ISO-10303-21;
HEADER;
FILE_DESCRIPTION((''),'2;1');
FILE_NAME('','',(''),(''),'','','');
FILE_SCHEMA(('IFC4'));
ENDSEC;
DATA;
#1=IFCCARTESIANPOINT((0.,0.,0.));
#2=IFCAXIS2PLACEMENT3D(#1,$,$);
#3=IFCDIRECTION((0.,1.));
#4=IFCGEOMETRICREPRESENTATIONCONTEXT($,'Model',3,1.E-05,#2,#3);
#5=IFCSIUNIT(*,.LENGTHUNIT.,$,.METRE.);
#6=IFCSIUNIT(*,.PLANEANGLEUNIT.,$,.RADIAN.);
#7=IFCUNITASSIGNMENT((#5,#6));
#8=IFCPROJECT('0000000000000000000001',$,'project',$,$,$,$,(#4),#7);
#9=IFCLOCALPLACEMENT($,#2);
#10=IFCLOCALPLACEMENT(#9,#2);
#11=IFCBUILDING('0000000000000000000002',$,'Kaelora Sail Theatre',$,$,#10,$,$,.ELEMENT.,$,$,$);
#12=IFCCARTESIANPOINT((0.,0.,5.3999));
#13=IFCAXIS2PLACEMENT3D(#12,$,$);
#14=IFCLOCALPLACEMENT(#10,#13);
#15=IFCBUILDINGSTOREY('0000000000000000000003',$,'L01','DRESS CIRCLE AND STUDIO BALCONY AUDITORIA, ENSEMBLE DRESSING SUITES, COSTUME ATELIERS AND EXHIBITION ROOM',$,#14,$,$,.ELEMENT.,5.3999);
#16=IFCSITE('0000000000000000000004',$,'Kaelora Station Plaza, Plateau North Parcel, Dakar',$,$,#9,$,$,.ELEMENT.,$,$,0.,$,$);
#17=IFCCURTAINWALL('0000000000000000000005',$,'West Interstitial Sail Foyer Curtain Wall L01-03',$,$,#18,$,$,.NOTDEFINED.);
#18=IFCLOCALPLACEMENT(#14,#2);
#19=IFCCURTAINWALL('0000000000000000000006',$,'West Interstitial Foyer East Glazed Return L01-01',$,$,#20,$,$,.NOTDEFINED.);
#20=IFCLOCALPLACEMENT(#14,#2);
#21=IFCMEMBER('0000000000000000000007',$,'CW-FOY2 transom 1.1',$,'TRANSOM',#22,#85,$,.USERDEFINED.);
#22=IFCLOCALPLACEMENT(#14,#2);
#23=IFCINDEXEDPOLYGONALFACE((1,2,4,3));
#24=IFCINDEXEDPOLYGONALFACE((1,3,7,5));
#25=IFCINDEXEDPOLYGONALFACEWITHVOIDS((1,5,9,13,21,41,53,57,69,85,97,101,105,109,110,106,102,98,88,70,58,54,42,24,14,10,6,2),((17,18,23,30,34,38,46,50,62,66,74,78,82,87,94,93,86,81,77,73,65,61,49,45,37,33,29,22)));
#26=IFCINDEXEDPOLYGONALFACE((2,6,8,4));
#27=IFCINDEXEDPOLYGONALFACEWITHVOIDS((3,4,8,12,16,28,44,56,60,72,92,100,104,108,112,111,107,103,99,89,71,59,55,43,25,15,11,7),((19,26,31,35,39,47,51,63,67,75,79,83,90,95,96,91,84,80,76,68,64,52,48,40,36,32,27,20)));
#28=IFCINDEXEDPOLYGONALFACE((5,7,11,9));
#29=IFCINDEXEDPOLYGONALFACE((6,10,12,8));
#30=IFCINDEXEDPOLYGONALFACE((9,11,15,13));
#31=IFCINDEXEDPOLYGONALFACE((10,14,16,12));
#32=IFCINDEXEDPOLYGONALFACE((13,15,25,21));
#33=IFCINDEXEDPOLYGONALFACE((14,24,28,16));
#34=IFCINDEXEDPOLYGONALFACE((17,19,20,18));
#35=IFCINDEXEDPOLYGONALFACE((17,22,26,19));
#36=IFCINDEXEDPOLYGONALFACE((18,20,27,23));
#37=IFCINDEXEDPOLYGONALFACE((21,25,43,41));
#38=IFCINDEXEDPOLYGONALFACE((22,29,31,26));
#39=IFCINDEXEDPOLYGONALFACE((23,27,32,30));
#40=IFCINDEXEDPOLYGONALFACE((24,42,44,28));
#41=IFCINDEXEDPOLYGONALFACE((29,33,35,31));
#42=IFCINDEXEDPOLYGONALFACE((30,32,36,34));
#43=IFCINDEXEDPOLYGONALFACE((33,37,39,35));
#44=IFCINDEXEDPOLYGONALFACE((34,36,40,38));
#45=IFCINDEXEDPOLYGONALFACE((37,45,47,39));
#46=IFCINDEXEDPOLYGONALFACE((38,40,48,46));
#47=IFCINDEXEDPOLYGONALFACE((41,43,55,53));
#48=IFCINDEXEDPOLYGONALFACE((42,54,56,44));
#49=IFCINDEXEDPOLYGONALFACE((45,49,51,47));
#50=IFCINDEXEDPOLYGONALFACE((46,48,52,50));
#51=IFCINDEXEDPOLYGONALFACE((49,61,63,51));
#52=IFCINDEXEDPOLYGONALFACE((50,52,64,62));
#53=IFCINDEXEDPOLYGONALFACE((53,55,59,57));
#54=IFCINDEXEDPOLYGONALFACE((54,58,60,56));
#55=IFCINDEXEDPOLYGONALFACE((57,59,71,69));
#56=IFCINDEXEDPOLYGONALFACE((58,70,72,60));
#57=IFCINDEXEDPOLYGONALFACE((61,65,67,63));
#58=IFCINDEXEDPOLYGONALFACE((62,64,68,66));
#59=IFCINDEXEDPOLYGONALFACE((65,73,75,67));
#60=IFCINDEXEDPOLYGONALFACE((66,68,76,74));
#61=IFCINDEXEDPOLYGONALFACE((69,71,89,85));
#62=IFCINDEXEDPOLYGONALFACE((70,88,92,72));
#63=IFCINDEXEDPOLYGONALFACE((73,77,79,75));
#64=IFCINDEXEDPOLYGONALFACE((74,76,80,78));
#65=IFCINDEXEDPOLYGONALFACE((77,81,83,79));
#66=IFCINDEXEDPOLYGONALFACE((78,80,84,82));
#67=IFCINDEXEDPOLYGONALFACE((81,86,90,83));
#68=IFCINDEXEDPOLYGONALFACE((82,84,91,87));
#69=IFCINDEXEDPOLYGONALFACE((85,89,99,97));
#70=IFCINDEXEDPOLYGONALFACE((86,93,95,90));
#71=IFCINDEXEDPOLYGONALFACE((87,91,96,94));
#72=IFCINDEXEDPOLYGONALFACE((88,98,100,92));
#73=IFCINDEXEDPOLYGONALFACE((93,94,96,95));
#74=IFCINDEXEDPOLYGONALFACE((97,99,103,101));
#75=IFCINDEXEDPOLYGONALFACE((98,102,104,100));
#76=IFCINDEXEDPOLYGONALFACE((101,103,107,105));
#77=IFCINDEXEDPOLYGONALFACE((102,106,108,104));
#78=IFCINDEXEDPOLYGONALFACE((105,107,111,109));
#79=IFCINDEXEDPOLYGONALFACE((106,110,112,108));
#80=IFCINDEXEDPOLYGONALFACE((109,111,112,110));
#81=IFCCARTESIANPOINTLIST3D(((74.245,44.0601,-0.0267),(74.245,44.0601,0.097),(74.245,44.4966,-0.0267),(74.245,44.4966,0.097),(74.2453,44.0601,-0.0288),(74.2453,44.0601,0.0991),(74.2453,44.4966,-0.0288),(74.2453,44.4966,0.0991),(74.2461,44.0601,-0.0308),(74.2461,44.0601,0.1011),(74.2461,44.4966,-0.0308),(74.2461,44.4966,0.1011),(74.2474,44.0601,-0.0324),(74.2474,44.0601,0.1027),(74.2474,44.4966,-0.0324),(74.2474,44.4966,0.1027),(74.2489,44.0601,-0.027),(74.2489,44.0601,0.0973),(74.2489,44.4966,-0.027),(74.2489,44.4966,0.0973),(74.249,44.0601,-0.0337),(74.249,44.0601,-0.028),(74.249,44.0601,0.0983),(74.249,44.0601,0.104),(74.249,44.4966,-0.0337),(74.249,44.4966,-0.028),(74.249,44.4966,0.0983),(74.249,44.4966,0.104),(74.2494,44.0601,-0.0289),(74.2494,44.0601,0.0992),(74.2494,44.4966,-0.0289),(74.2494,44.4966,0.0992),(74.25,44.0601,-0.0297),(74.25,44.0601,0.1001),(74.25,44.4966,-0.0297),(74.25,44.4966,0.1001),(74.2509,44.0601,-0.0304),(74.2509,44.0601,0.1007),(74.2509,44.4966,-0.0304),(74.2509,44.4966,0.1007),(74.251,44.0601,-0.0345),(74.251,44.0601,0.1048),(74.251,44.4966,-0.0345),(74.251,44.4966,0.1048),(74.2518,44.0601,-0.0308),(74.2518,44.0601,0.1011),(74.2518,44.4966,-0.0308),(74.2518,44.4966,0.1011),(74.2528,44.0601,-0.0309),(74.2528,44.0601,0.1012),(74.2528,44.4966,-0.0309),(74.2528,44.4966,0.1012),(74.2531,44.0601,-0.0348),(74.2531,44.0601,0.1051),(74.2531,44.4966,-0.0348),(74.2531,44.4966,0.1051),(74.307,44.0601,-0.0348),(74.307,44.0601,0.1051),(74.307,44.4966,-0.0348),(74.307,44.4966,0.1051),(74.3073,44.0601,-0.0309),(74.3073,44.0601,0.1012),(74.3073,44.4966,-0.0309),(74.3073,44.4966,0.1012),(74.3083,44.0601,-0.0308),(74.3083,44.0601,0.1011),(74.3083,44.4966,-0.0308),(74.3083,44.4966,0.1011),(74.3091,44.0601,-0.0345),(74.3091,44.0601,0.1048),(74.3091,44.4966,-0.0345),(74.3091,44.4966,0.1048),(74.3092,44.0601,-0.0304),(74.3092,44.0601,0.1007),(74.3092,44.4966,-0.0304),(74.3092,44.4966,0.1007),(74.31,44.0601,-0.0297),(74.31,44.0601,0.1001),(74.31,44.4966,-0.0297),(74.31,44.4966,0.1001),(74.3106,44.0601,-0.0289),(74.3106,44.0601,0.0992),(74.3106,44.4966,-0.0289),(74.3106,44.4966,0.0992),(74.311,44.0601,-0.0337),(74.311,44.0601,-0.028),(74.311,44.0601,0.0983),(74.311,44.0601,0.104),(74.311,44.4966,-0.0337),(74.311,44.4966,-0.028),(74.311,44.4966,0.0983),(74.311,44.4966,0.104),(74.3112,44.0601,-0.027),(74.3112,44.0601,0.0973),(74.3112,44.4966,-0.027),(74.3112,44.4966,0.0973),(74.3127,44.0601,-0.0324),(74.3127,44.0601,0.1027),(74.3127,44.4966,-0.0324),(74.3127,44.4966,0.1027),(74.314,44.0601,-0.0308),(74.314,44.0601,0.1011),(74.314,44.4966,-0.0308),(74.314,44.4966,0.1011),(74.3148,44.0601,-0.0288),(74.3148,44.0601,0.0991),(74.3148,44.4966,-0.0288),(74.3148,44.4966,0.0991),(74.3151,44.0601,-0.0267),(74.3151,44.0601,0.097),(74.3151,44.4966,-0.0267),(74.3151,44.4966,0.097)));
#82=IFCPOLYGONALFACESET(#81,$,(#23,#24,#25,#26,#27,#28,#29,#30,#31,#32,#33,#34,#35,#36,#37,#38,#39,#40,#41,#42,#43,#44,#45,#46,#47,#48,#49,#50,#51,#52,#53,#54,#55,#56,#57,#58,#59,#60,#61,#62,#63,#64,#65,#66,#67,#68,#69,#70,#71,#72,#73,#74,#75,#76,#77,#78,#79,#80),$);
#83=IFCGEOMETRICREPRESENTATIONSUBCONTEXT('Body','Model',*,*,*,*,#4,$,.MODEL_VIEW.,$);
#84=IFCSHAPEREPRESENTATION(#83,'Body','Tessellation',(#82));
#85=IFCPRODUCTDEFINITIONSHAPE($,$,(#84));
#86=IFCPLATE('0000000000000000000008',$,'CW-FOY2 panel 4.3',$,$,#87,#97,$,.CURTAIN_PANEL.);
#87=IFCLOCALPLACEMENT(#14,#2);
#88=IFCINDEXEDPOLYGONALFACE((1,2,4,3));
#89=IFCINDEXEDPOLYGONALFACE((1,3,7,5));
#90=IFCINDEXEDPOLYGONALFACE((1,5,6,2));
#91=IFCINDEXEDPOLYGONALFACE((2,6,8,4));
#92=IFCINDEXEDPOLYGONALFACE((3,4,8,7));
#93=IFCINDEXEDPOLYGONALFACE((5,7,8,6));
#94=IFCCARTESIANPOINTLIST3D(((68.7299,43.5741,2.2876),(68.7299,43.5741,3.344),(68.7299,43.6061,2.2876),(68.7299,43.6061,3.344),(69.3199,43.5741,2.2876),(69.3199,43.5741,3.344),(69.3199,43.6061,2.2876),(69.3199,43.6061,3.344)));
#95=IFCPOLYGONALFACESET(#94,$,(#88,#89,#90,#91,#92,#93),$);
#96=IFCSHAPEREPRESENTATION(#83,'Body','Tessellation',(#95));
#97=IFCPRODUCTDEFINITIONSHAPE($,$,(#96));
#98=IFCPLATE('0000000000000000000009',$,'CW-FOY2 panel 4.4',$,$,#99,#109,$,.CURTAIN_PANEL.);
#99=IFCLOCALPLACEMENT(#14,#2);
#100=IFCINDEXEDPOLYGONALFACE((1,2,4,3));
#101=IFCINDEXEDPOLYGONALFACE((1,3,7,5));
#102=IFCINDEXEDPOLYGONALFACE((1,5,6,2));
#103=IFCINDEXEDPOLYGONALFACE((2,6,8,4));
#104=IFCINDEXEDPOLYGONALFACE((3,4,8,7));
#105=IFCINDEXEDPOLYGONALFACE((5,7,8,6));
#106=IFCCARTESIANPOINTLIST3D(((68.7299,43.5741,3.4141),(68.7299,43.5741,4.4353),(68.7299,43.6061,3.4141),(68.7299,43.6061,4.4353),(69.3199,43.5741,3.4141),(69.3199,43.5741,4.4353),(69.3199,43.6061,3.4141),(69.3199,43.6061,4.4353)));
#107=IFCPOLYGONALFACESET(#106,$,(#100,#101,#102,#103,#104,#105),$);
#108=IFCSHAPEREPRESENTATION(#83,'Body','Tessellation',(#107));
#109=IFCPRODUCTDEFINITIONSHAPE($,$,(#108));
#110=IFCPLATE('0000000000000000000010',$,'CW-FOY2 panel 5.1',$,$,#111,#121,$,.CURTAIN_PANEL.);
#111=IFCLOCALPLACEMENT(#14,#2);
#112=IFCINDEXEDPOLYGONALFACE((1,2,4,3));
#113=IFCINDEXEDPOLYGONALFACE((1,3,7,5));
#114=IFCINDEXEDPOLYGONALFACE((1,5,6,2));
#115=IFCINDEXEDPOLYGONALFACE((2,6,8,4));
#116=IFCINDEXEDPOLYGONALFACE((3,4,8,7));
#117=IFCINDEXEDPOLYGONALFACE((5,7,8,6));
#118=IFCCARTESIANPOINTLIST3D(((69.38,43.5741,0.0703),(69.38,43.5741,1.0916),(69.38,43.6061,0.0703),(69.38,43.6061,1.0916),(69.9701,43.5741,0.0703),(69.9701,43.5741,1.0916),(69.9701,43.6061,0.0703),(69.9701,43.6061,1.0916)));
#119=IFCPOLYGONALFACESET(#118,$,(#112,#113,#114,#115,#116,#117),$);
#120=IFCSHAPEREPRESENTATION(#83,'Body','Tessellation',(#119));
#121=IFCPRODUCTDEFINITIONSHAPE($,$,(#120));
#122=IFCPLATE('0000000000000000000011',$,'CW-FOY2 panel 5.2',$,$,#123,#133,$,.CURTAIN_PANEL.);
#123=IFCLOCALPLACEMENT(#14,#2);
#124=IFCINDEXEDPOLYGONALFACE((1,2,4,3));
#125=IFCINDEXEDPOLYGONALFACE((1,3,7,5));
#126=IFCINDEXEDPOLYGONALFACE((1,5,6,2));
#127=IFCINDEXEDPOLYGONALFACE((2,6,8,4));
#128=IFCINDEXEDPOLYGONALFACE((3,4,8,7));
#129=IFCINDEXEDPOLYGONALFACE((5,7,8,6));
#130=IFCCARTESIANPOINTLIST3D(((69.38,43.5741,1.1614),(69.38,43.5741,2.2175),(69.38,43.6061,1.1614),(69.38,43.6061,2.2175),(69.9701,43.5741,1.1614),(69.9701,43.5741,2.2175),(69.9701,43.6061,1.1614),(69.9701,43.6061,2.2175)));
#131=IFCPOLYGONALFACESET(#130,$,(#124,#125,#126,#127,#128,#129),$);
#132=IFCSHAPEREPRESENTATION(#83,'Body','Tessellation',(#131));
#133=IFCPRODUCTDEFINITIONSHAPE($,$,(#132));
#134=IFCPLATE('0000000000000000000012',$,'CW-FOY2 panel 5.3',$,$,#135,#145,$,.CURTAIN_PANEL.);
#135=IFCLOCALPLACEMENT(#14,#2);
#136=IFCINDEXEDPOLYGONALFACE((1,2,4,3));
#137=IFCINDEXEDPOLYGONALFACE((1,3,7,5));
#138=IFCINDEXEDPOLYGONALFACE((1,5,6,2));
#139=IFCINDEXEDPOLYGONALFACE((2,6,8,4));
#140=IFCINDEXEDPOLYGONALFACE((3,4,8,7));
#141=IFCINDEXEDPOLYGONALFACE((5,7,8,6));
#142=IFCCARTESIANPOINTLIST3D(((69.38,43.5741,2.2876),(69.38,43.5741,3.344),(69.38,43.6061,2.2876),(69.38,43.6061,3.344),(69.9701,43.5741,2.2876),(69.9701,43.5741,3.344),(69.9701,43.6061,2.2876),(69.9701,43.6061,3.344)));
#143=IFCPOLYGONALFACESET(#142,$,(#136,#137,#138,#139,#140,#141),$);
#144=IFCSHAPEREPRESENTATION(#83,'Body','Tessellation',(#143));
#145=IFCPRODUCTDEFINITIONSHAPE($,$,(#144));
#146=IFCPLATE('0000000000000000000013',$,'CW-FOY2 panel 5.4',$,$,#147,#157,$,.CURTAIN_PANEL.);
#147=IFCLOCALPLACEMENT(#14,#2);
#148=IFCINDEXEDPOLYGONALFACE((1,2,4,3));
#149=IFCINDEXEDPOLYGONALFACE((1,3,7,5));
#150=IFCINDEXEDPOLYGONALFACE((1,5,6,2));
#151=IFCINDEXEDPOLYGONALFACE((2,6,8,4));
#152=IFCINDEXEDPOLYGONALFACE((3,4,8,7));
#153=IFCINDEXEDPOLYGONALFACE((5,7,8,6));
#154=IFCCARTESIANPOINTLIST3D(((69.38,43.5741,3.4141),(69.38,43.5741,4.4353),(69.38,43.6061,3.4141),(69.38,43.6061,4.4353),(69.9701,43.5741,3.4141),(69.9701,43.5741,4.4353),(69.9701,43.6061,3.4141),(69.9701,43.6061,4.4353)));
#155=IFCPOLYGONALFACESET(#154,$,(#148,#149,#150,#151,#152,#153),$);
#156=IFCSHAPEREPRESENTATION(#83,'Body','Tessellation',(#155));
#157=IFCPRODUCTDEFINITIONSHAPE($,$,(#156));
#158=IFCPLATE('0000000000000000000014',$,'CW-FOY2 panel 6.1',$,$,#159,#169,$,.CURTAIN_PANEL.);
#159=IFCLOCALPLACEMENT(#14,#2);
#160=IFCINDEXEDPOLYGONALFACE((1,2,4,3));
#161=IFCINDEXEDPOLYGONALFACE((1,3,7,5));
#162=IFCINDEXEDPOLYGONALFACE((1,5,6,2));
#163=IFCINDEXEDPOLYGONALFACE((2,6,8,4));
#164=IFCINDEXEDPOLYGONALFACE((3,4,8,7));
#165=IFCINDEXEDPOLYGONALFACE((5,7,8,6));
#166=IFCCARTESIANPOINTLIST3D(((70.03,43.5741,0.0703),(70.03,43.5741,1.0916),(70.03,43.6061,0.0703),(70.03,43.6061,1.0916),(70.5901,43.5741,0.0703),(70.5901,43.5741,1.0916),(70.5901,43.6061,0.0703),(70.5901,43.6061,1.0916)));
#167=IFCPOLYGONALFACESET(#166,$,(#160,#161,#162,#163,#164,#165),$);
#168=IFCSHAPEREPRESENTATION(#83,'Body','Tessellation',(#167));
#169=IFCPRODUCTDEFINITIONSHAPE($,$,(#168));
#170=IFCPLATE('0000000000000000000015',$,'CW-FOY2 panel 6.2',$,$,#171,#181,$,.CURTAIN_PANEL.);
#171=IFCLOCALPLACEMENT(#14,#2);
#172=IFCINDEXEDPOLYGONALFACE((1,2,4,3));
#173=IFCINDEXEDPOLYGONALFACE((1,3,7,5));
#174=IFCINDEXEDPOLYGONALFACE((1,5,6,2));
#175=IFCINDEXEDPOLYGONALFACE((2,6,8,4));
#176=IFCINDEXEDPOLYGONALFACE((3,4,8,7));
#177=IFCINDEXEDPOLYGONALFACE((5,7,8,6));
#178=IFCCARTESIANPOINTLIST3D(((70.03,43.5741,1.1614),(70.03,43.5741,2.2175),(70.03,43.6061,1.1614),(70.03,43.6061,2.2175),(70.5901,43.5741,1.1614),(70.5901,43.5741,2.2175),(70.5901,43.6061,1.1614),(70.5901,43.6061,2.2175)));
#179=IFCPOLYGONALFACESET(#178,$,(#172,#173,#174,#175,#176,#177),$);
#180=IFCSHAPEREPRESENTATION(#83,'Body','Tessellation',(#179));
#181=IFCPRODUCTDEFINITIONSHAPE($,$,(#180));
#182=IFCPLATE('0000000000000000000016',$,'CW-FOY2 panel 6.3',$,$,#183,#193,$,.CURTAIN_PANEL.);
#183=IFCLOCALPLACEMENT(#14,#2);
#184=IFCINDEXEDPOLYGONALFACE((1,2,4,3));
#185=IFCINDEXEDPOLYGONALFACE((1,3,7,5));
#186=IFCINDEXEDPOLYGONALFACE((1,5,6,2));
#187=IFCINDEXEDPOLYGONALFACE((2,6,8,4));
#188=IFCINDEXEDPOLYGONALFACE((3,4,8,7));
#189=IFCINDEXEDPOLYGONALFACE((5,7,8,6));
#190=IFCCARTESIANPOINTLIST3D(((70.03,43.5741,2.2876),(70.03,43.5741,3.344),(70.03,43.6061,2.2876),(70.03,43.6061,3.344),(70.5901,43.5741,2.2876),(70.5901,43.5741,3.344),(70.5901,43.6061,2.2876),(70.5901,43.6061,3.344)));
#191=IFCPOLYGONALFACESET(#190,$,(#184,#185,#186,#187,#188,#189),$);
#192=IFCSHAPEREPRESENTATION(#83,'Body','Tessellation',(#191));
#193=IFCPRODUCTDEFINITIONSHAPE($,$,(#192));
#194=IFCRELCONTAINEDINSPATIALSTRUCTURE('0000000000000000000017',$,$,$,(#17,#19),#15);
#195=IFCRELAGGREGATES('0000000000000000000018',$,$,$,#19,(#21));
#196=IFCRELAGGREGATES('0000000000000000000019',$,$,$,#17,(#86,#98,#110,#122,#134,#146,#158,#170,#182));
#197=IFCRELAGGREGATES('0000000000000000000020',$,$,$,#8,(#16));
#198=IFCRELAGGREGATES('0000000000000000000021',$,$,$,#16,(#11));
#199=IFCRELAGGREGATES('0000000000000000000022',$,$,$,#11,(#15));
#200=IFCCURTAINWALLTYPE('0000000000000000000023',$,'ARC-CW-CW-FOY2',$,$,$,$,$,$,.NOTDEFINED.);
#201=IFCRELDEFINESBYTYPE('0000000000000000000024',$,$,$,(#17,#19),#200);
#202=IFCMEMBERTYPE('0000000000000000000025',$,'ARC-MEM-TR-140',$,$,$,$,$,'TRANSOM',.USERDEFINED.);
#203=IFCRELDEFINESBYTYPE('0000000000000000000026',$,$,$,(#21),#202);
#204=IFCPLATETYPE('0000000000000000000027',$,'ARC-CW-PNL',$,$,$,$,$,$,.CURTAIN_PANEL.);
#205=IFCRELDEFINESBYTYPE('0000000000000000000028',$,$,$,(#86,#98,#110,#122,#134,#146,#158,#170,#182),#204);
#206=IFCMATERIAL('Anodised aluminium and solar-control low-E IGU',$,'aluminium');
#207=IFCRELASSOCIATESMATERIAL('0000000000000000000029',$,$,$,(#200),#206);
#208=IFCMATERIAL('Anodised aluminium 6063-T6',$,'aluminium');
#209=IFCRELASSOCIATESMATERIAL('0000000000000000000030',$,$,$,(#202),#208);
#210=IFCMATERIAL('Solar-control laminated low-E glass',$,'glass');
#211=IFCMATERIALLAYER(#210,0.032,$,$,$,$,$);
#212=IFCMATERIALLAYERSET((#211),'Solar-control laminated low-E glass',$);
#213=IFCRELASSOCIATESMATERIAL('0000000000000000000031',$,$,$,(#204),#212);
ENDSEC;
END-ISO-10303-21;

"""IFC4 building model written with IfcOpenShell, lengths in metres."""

from ifc_helpers import new_model, si_unit, direction, frame, origin, origin_2d, place, context, subcontext, project, spatial, rectangle, hollow_rectangle, extrude, material, layer, layer_set, material_profile, profile_set, type_object, element, aggregate, save


model = new_model("IFC4")

# Units and contexts
model_context = context("Model", 3, precision=1e-05, world=origin(), true_north=direction((0.0, 1.0)))
body_context = subcontext(model_context, "Body", "Model", "MODEL_VIEW")
ifc_project = project(units=[si_unit("LENGTHUNIT", "METRE"), si_unit("PLANEANGLEUNIT", "RADIAN")], contexts=[model_context])

# Site, building, storey
site_placement = place(None, origin())
site = spatial("IfcSite", under=ifc_project, at=site_placement, Name="Kaelora Station Plaza, Plateau North Parcel, Dakar", CompositionType="ELEMENT", RefElevation=0.0)
building_placement = place(site_placement, origin())
building = spatial("IfcBuilding", under=site, at=building_placement, Name="Kaelora Sail Theatre", CompositionType="ELEMENT")
storey_placement = place(building_placement, frame((0.0, 0.0, 5.3999)))
storey = spatial("IfcBuildingStorey", under=building, at=storey_placement, Name="L01", Description="DRESS CIRCLE AND STUDIO BALCONY AUDITORIA, ENSEMBLE DRESSING SUITES, COSTUME ATELIERS AND EXHIBITION ROOM", CompositionType="ELEMENT", Elevation=5.3999)

# Curtain wall
ifc_material_1 = material(Name="Anodised aluminium and solar-control low-E IGU", Category="aluminium")
curtain_wall_type = type_object("IfcCurtainWallType", Name="ARC-CW-CW-FOY2", PredefinedType="NOTDEFINED", material=ifc_material_1)
curtain_wall_1_placement = place(storey_placement, origin())
curtain_wall_1 = element("IfcCurtainWall", 1, at=curtain_wall_1_placement, inside=storey, type_object=curtain_wall_type, Name="West Interstitial Sail Foyer Curtain Wall L01-03", PredefinedType="NOTDEFINED")

# Curtain wall
curtain_wall_2_placement = place(storey_placement, origin())
curtain_wall_2 = element("IfcCurtainWall", 2, at=curtain_wall_2_placement, inside=storey, type_object=curtain_wall_type, Name="West Interstitial Foyer East Glazed Return L01-01", PredefinedType="NOTDEFINED")

# Member
ifc_material_2 = material(Name="Anodised aluminium 6063-T6", Category="aluminium")
ifc_material_profile_1 = material_profile(ifc_material_2, hollow_rectangle(XDim=0.0701, YDim=0.1399, WallThickness=0.0039, InnerFilletRadius=0.0039, OuterFilletRadius=0.0081, at=origin_2d()), Name="ALU-TRAN 70x140x4")
ifc_profile_set_1 = profile_set([ifc_material_profile_1], Name="Anodised aluminium 6063-T6")
member_type_1 = type_object("IfcMemberType", Name="ARC-MEM-TR-140", ElementType="TRANSOM", PredefinedType="USERDEFINED", material=ifc_profile_set_1)
member_1_placement = place(storey_placement, frame((74.28, 44.0601, 0.0352), z_axis=(0.0, 1.0, 0.0), x_axis=(-1.0, 0.0, 0.0)))
member_1 = element("IfcMember", 3, at=member_1_placement, type_object=member_type_1, Name="CW-FOY2 transom 1.1", ObjectType="TRANSOM", PredefinedType="USERDEFINED", context=body_context, shape_type="SweptSolid", body=[
    extrude(hollow_rectangle(XDim=0.0701, YDim=0.1399, WallThickness=0.0039, InnerFilletRadius=0.0039, OuterFilletRadius=0.0081, at=origin_2d()), origin(), (0.0, 0.0, 1.0), 0.4365),
])
aggregate(curtain_wall_2, [member_1])

# Plates
ifc_material_3 = material(Name="Solar-control laminated low-E glass", Category="glass")
ifc_layer_1 = layer(ifc_material_3, 0.032)
ifc_layer_set_1 = layer_set([ifc_layer_1], Name="Solar-control laminated low-E glass")
plate_type = type_object("IfcPlateType", Name="ARC-CW-PNL", PredefinedType="CURTAIN_PANEL", material=ifc_layer_set_1)
plate_1_placement = place(storey_placement, frame((69.0249, 43.5901, 2.2876), z_axis=(0.0, 0.0, 1.0), x_axis=(1.0, 0.0, 0.0)))
plate_1 = element("IfcPlate", 4, at=plate_1_placement, type_object=plate_type, Name="CW-FOY2 panel 4.3", PredefinedType="CURTAIN_PANEL", context=body_context, shape_type="SweptSolid", body=[
    extrude(rectangle(XDim=0.5901, YDim=0.032, at=origin_2d()), origin(), (0.0, 0.0, 1.0), 1.0564),
])
plate_2_placement = place(storey_placement, frame((69.0249, 43.5901, 3.4141), z_axis=(0.0, 0.0, 1.0), x_axis=(1.0, 0.0, 0.0)))
plate_2 = element("IfcPlate", 5, at=plate_2_placement, type_object=plate_type, Name="CW-FOY2 panel 4.4", PredefinedType="CURTAIN_PANEL", context=body_context, shape_type="SweptSolid", body=[
    extrude(rectangle(XDim=0.5901, YDim=0.032, at=origin_2d()), origin(), (0.0, 0.0, 1.0), 1.0212),
])
plate_3_placement = place(storey_placement, frame((69.675, 43.5901, 0.0703), z_axis=(0.0, 0.0, 1.0), x_axis=(1.0, 0.0, 0.0)))
plate_3 = element("IfcPlate", 6, at=plate_3_placement, type_object=plate_type, Name="CW-FOY2 panel 5.1", PredefinedType="CURTAIN_PANEL", context=body_context, shape_type="SweptSolid", body=[
    extrude(rectangle(XDim=0.5901, YDim=0.032, at=origin_2d()), origin(), (0.0, 0.0, 1.0), 1.0212),
])
plate_4_placement = place(storey_placement, frame((69.675, 43.5901, 1.1614), z_axis=(0.0, 0.0, 1.0), x_axis=(1.0, 0.0, 0.0)))
plate_4 = element("IfcPlate", 7, at=plate_4_placement, type_object=plate_type, Name="CW-FOY2 panel 5.2", PredefinedType="CURTAIN_PANEL", context=body_context, shape_type="SweptSolid", body=[
    extrude(rectangle(XDim=0.5901, YDim=0.032, at=origin_2d()), origin(), (0.0, 0.0, 1.0), 1.0562),
])
plate_5_placement = place(storey_placement, frame((69.675, 43.5901, 2.2876), z_axis=(0.0, 0.0, 1.0), x_axis=(1.0, 0.0, 0.0)))
plate_5 = element("IfcPlate", 8, at=plate_5_placement, type_object=plate_type, Name="CW-FOY2 panel 5.3", PredefinedType="CURTAIN_PANEL", context=body_context, shape_type="SweptSolid", body=[
    extrude(rectangle(XDim=0.5901, YDim=0.032, at=origin_2d()), origin(), (0.0, 0.0, 1.0), 1.0564),
])
plate_6_placement = place(storey_placement, frame((69.675, 43.5901, 3.4141), z_axis=(0.0, 0.0, 1.0), x_axis=(1.0, 0.0, 0.0)))
plate_6 = element("IfcPlate", 9, at=plate_6_placement, type_object=plate_type, Name="CW-FOY2 panel 5.4", PredefinedType="CURTAIN_PANEL", context=body_context, shape_type="SweptSolid", body=[
    extrude(rectangle(XDim=0.5901, YDim=0.032, at=origin_2d()), origin(), (0.0, 0.0, 1.0), 1.0212),
])
plate_7_placement = place(storey_placement, frame((70.3101, 43.5901, 0.0703), z_axis=(0.0, 0.0, 1.0), x_axis=(1.0, 0.0, 0.0)))
plate_7 = element("IfcPlate", 10, at=plate_7_placement, type_object=plate_type, Name="CW-FOY2 panel 6.1", PredefinedType="CURTAIN_PANEL", context=body_context, shape_type="SweptSolid", body=[
    extrude(rectangle(XDim=0.5601, YDim=0.032, at=origin_2d()), origin(), (0.0, 0.0, 1.0), 1.0212),
])
plate_8_placement = place(storey_placement, frame((70.3101, 43.5901, 1.1614), z_axis=(0.0, 0.0, 1.0), x_axis=(1.0, 0.0, 0.0)))
plate_8 = element("IfcPlate", 11, at=plate_8_placement, type_object=plate_type, Name="CW-FOY2 panel 6.2", PredefinedType="CURTAIN_PANEL", context=body_context, shape_type="SweptSolid", body=[
    extrude(rectangle(XDim=0.5601, YDim=0.032, at=origin_2d()), origin(), (0.0, 0.0, 1.0), 1.0562),
])
plate_9_placement = place(storey_placement, frame((70.3101, 43.5901, 2.2876), z_axis=(0.0, 0.0, 1.0), x_axis=(1.0, 0.0, 0.0)))
plate_9 = element("IfcPlate", 12, at=plate_9_placement, type_object=plate_type, Name="CW-FOY2 panel 6.3", PredefinedType="CURTAIN_PANEL", context=body_context, shape_type="SweptSolid", body=[
    extrude(rectangle(XDim=0.5601, YDim=0.032, at=origin_2d()), origin(), (0.0, 0.0, 1.0), 1.0564),
])
aggregate(curtain_wall_1, [plate_1, plate_2, plate_3, plate_4, plate_5, plate_6, plate_7, plate_8, plate_9])

save(model, "model.ifc")
